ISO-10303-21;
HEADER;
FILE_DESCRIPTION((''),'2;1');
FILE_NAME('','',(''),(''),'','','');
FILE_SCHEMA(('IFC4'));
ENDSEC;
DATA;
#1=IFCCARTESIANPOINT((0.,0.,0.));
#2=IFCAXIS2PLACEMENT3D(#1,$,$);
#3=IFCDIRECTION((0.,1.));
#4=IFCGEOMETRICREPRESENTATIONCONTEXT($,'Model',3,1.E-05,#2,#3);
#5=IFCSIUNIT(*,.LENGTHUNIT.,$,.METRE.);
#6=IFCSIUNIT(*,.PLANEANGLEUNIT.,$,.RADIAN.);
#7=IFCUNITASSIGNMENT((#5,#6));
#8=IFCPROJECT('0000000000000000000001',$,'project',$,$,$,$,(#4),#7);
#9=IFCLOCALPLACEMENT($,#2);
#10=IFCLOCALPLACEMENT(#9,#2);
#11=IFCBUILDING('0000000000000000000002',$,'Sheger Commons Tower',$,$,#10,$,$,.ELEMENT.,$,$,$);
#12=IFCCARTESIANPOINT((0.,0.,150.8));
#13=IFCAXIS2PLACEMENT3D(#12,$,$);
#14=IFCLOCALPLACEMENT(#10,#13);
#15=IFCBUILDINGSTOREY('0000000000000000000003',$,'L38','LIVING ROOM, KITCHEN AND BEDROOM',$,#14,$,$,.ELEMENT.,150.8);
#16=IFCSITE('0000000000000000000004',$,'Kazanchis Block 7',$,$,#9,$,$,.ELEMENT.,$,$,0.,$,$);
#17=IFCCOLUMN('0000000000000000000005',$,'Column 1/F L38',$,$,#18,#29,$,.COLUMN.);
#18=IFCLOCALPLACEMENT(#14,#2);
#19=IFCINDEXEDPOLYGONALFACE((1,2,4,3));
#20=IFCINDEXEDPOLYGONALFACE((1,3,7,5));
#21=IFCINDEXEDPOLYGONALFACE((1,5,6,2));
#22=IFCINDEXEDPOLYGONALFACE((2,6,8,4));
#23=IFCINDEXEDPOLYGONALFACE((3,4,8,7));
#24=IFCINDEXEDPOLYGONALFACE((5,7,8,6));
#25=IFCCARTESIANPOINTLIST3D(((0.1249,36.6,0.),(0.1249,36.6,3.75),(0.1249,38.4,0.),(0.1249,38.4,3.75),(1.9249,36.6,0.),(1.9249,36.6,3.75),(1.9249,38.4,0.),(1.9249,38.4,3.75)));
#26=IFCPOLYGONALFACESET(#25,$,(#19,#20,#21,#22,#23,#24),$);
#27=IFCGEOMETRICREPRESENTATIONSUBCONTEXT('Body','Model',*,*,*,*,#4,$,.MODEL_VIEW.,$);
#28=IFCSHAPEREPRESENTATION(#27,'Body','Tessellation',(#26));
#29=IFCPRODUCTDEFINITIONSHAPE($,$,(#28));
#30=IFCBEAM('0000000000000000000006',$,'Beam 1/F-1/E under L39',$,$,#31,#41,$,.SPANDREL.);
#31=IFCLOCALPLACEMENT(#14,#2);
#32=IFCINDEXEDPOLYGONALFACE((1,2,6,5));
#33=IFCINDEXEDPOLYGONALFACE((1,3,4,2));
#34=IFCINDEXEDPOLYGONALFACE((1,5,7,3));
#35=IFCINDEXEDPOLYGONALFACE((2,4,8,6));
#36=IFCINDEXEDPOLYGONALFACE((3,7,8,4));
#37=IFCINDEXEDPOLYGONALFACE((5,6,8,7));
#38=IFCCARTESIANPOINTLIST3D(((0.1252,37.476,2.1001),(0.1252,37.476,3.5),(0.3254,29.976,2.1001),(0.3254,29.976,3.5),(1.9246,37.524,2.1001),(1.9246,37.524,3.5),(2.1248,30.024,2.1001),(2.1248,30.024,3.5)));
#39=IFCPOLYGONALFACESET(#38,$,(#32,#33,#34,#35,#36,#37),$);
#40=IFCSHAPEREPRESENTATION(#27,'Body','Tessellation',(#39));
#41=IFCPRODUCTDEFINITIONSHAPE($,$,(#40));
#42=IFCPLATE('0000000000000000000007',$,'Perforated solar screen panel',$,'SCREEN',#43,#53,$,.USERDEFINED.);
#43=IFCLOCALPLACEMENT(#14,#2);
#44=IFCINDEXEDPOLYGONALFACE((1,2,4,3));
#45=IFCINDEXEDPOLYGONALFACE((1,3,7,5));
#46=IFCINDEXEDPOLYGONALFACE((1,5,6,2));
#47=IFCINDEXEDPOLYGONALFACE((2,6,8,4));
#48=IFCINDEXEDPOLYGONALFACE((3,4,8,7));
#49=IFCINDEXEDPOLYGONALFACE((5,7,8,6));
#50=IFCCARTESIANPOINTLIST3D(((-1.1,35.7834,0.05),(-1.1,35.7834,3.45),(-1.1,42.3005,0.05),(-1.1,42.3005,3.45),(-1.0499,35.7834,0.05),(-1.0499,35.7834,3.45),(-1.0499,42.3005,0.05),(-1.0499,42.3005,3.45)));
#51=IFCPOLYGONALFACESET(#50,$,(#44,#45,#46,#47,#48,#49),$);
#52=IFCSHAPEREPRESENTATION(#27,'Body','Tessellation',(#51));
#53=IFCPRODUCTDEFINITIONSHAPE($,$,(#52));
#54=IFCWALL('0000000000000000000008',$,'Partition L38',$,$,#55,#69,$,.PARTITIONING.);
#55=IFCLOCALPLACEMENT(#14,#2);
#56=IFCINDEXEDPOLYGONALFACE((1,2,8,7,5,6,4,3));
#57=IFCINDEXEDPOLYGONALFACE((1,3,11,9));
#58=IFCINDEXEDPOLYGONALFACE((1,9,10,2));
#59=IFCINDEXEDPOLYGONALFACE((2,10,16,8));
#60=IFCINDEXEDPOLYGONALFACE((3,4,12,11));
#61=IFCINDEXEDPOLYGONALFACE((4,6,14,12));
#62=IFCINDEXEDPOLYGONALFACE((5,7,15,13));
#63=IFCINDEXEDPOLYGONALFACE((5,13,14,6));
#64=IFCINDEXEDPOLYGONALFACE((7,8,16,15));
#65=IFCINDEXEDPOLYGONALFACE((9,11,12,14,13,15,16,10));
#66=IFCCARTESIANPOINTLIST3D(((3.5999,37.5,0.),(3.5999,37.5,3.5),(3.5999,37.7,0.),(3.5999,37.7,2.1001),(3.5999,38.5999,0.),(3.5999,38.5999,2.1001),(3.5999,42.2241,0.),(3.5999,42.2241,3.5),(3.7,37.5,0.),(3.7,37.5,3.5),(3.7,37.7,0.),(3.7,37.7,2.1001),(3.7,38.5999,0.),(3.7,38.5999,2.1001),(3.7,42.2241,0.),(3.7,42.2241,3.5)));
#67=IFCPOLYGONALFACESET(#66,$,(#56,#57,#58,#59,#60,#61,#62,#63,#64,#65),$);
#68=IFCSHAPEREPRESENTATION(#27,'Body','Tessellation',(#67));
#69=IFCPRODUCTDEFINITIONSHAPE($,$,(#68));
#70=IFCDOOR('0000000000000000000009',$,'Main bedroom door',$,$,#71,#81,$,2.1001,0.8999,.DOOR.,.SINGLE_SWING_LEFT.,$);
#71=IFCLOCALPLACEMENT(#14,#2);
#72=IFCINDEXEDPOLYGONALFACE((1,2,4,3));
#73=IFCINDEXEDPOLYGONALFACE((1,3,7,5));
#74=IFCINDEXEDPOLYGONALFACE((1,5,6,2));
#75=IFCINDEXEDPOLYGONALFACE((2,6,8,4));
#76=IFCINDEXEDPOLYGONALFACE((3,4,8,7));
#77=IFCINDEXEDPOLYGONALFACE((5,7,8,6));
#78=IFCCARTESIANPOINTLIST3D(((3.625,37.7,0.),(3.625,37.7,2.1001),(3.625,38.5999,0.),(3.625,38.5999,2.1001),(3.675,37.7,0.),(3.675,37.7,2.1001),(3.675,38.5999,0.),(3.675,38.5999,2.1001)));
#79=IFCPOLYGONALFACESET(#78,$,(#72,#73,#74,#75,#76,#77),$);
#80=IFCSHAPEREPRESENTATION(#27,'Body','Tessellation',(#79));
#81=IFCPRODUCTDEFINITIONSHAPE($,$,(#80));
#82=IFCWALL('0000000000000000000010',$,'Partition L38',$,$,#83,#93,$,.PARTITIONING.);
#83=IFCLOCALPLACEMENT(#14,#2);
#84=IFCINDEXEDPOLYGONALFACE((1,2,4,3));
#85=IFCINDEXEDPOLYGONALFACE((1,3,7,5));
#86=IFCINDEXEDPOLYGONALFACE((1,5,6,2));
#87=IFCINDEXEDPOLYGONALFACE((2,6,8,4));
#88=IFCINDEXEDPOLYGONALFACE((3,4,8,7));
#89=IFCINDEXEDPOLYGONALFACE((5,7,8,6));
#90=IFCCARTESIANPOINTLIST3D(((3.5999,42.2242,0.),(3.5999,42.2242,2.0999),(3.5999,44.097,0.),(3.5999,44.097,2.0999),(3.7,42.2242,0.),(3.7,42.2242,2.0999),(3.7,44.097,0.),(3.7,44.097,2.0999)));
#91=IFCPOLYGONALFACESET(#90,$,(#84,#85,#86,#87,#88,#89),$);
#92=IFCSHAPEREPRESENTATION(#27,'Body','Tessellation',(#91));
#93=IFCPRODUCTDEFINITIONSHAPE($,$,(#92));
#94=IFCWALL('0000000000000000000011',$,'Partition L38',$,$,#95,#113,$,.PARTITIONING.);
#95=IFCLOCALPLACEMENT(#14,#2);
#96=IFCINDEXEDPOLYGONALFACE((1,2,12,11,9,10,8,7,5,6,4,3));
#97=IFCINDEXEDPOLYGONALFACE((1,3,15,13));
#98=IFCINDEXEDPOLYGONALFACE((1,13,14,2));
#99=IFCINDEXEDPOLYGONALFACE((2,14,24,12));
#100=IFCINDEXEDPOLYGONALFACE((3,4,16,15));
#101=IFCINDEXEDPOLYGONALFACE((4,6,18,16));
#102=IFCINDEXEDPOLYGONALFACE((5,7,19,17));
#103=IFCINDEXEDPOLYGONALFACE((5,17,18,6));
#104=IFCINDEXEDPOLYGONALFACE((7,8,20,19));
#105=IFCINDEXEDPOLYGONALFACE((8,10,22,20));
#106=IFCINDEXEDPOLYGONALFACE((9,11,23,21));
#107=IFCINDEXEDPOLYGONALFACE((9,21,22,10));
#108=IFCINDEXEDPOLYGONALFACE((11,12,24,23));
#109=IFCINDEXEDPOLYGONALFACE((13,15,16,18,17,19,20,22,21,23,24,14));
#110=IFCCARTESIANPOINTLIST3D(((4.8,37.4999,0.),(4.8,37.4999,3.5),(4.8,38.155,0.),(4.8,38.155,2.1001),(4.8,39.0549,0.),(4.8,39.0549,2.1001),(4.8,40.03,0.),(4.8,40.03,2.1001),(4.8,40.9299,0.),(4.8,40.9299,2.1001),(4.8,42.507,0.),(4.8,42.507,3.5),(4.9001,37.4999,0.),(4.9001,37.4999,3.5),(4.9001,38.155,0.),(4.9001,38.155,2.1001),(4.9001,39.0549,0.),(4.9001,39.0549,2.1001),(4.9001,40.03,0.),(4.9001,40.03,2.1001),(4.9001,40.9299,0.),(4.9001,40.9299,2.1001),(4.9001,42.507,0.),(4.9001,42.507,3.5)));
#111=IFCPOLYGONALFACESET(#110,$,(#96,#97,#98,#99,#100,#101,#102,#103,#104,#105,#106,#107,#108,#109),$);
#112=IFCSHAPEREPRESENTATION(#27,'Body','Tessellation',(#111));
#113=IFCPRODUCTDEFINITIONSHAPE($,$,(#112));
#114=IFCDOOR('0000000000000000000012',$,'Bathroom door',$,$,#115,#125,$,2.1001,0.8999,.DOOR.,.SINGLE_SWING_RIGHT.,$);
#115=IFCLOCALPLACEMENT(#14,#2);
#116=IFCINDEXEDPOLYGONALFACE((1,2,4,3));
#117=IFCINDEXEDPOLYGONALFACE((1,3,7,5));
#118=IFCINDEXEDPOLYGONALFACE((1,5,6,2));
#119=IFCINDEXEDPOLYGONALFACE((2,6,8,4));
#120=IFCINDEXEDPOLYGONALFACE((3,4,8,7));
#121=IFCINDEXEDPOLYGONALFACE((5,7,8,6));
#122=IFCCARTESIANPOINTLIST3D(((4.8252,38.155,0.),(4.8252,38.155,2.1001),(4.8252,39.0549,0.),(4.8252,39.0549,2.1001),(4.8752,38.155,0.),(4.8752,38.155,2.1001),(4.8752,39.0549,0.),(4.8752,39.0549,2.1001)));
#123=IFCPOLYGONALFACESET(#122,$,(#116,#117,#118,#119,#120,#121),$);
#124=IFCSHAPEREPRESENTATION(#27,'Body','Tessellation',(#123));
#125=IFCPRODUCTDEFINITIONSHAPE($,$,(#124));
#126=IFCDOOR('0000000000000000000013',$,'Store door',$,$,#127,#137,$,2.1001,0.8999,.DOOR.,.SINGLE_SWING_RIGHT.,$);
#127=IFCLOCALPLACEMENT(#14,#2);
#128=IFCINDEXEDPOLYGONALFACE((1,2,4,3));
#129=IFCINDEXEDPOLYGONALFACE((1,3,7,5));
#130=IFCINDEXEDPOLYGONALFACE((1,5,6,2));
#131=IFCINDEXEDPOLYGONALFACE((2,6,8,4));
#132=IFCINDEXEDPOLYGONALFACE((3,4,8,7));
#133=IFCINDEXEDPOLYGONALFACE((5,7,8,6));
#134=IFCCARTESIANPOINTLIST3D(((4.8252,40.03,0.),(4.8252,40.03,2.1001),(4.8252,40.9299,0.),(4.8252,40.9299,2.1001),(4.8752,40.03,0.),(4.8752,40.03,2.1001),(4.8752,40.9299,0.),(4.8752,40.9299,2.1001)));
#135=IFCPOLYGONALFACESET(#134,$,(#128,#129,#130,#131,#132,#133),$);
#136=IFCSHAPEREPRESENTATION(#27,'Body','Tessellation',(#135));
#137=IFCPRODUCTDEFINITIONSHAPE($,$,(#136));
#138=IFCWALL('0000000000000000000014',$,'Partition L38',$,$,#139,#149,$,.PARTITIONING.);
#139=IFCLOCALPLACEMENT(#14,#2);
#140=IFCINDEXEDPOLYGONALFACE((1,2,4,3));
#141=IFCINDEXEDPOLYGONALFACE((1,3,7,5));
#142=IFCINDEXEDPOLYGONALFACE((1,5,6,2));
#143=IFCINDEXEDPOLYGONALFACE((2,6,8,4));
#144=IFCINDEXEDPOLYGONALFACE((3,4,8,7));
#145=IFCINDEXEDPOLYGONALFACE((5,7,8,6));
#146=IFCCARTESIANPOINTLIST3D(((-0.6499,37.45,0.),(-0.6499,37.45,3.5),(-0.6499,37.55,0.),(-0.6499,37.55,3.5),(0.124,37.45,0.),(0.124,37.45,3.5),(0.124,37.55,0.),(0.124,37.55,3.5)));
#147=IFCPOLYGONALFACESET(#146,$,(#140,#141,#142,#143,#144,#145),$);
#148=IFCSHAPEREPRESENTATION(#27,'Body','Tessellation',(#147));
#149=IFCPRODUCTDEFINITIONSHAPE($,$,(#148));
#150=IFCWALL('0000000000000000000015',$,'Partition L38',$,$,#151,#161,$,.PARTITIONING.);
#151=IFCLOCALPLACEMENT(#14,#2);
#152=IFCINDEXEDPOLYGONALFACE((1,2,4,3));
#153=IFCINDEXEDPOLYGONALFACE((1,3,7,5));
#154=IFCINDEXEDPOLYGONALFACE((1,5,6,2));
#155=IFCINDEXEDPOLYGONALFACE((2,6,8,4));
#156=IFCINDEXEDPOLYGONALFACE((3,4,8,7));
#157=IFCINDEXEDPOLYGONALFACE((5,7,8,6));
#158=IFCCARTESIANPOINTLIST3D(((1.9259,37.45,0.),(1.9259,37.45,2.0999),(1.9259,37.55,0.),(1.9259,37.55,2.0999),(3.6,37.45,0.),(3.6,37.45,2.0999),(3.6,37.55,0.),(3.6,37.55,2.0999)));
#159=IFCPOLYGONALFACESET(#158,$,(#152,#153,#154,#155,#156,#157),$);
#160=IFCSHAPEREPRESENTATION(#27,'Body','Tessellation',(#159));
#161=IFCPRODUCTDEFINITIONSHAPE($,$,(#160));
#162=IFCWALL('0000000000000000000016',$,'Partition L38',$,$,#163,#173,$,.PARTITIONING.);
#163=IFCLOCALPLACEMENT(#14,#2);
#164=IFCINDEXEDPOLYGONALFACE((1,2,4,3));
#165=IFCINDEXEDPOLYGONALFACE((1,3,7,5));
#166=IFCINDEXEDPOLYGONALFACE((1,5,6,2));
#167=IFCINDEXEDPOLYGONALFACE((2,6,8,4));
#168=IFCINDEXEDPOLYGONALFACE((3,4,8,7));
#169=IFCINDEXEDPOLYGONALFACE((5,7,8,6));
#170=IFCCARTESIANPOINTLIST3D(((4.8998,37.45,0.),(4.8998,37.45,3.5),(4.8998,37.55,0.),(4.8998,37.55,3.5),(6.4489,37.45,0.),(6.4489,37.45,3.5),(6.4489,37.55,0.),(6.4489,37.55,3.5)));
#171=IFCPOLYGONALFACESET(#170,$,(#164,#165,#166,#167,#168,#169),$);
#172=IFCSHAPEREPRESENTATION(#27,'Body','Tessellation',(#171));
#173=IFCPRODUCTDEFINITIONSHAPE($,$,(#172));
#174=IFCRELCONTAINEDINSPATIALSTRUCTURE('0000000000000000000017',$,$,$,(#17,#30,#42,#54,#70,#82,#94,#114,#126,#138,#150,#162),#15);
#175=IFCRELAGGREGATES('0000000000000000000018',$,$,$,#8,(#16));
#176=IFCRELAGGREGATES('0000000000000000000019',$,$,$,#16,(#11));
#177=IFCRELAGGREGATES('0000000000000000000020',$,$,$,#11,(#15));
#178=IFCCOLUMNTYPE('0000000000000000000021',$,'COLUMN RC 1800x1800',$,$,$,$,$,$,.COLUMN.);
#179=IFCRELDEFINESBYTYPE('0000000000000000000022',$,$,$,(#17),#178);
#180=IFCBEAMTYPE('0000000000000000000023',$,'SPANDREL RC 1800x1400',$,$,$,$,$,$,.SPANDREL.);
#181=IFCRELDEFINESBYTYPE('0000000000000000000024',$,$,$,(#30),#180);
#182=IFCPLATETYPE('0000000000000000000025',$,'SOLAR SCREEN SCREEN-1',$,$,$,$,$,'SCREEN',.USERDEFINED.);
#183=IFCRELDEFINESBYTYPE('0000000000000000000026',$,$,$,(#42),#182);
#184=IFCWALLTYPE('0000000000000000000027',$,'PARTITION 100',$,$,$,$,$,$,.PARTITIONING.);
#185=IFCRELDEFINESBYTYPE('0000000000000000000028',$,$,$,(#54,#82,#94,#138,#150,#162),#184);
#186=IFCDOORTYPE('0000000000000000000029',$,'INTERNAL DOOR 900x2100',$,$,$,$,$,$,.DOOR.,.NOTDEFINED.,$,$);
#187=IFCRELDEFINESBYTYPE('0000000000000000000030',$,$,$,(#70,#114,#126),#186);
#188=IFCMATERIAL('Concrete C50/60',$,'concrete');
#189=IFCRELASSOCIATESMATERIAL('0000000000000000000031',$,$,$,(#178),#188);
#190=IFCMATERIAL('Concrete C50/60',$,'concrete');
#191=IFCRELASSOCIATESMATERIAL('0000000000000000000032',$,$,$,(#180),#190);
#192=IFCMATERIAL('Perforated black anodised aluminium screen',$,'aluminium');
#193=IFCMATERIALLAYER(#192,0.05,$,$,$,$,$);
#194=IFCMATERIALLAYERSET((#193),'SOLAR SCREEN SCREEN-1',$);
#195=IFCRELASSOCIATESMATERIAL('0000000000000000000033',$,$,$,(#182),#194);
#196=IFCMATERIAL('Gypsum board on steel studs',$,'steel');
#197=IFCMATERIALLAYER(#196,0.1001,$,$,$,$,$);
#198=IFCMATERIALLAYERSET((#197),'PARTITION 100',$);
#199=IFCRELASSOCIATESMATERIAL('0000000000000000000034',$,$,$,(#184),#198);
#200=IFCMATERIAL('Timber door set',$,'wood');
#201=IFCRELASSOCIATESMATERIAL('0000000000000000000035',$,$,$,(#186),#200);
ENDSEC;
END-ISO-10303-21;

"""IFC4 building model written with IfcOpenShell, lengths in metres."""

from ifc_helpers import new_model, si_unit, direction, frame, frame_2d, origin, origin_2d, place, context, subcontext, project, spatial, rectangle, extrude, material, layer, layer_set, material_profile, profile_set, type_object, element, fill, save


model = new_model("IFC4")

# Units and contexts
model_context = context("Model", 3, precision=1e-05, world=origin(), true_north=direction((0.0, 1.0)))
body_context = subcontext(model_context, "Body", "Model", "MODEL_VIEW")
ifc_project = project(units=[si_unit("LENGTHUNIT", "METRE"), si_unit("PLANEANGLEUNIT", "RADIAN")], contexts=[model_context])

# Site, building, storey
site_placement = place(None, origin())
site = spatial("IfcSite", under=ifc_project, at=site_placement, Name="Kazanchis Block 7", CompositionType="ELEMENT", RefElevation=0.0)
building_placement = place(site_placement, origin())
building = spatial("IfcBuilding", under=site, at=building_placement, Name="Sheger Commons Tower", CompositionType="ELEMENT")
storey_placement = place(building_placement, frame((0.0, 0.0, 150.8)))
storey = spatial("IfcBuildingStorey", under=building, at=storey_placement, Name="L38", Description="LIVING ROOM, KITCHEN AND BEDROOM", CompositionType="ELEMENT", Elevation=150.8)

# Column
ifc_material_1 = material(Name="Concrete C50/60", Category="concrete")
ifc_material_profile_1 = material_profile(ifc_material_1, rectangle(XDim=1.8, YDim=1.8, at=origin_2d()), Name="RC 1800x1800")
ifc_profile_set_1 = profile_set([ifc_material_profile_1], Name="Concrete C50/60")
column_type = type_object("IfcColumnType", Name="COLUMN RC 1800x1800", PredefinedType="COLUMN", material=ifc_profile_set_1)
column_placement = place(storey_placement, frame((1.0249, 37.5, 0.0), z_axis=(0.0, 0.0, 1.0), x_axis=(1.0, 0.0, 0.0)))
element("IfcColumn", 1, at=column_placement, inside=storey, type_object=column_type, Name="Column 1/F L38", PredefinedType="COLUMN", context=body_context, shape_type="SweptSolid", body=[
    extrude(rectangle(XDim=1.8, YDim=1.8, at=origin_2d()), origin(), (0.0, 0.0, 1.0), 3.75),
])

# Beam
ifc_material_2 = material(Name="Concrete C50/60", Category="concrete")
ifc_material_profile_2 = material_profile(ifc_material_2, rectangle(XDim=1.8, YDim=1.3999, at=origin_2d()), Name="RC 1800x1400")
ifc_profile_set_2 = profile_set([ifc_material_profile_2], Name="Concrete C50/60")
beam_type = type_object("IfcBeamType", Name="SPANDREL RC 1800x1400", PredefinedType="SPANDREL", material=ifc_profile_set_2)
beam_placement = place(storey_placement, frame((1.0249, 37.5, 2.8), z_axis=(0.026683, -0.999644, 0.0), x_axis=(0.999644, 0.026683, 0.0)))
element("IfcBeam", 2, at=beam_placement, inside=storey, type_object=beam_type, Name="Beam 1/F-1/E under L39", PredefinedType="SPANDREL", context=body_context, shape_type="SweptSolid", body=[
    extrude(rectangle(XDim=1.8, YDim=1.3999, at=origin_2d()), origin(), (0.0, 0.0, 1.0), 7.5027),
])

# Plate
ifc_material_3 = material(Name="Perforated black anodised aluminium screen", Category="aluminium")
ifc_layer_1 = layer(ifc_material_3, 0.05)
ifc_layer_set_1 = layer_set([ifc_layer_1], Name="SOLAR SCREEN SCREEN-1")
plate_type = type_object("IfcPlateType", Name="SOLAR SCREEN SCREEN-1", ElementType="SCREEN", PredefinedType="USERDEFINED", material=ifc_layer_set_1)
plate_placement = place(storey_placement, frame((-1.075, 39.042, 0.05), z_axis=(0.0, 0.0, 1.0), x_axis=(0.0, -1.0, 0.0)))
element("IfcPlate", 3, at=plate_placement, inside=storey, type_object=plate_type, Name="Perforated solar screen panel", ObjectType="SCREEN", PredefinedType="USERDEFINED", context=body_context, shape_type="SweptSolid", body=[
    extrude(rectangle(XDim=6.5171, YDim=0.05, at=origin_2d()), origin(), (0.0, 0.0, 1.0), 3.3999),
])

# Wall, opening, door
ifc_material_4 = material(Name="Gypsum board on steel studs", Category="steel")
ifc_layer_2 = layer(ifc_material_4, 0.1001)
ifc_layer_set_2 = layer_set([ifc_layer_2], Name="PARTITION 100")
wall_type = type_object("IfcWallType", Name="PARTITION 100", PredefinedType="PARTITIONING", material=ifc_layer_set_2)
wall_1_placement = place(storey_placement, frame((3.6499, 37.5, 0.0), z_axis=(0.0, 0.0, 1.0), x_axis=(0.0, 1.0, 0.0)))
wall_1 = element("IfcWall", 4, at=wall_1_placement, inside=storey, type_object=wall_type, Name="Partition L38", PredefinedType="PARTITIONING", context=body_context, shape_type="SweptSolid", body=[
    extrude(rectangle(XDim=4.7241, YDim=0.1001, at=frame_2d((2.3621, 0.0))), origin(), (0.0, 0.0, 1.0), 3.5),
])
opening_1_placement = place(wall_1_placement, frame((0.2, 0.0, 0.0)))
opening_1 = element("IfcOpeningElement", 5, at=opening_1_placement, cuts=wall_1, PredefinedType="OPENING", context=body_context, shape_type="SweptSolid", body=[
    extrude(rectangle(XDim=0.8999, YDim=2.1001, at=frame_2d((0.45, 1.05))), frame((0.0, 0.0601, 0.0), z_axis=(0.0, -1.0, 0.0), x_axis=(1.0, 0.0, 0.0)), (0.0, 0.0, 1.0), 0.1201),
])
ifc_material_5 = material(Name="Timber door set", Category="wood")
door_type = type_object("IfcDoorType", Name="INTERNAL DOOR 900x2100", OperationType="NOTDEFINED", PredefinedType="DOOR", material=ifc_material_5)
door_1_placement = place(opening_1_placement, origin())
door_1 = element("IfcDoor", 6, at=door_1_placement, inside=storey, type_object=door_type, Name="Main bedroom door", OperationType="SINGLE_SWING_LEFT", OverallHeight=2.1001, OverallWidth=0.8999, PredefinedType="DOOR", context=body_context, shape_type="SweptSolid", body=[
    extrude(rectangle(XDim=0.8999, YDim=2.1001, at=frame_2d((0.45, 1.05))), frame((0.0, 0.0249, 0.0), z_axis=(0.0, -1.0, 0.0), x_axis=(1.0, 0.0, 0.0)), (0.0, 0.0, 1.0), 0.05),
])
fill(opening_1, door_1)

# Wall
wall_2_placement = place(storey_placement, frame((3.6499, 42.2241, 0.0), z_axis=(0.0, 0.0, 1.0), x_axis=(0.0, 1.0, 0.0)))
element("IfcWall", 7, at=wall_2_placement, inside=storey, type_object=wall_type, Name="Partition L38", PredefinedType="PARTITIONING", context=body_context, shape_type="SweptSolid", body=[
    extrude(rectangle(XDim=1.8728, YDim=0.1001, at=frame_2d((0.9365, 0.0))), origin(), (0.0, 0.0, 1.0), 2.0999),
])

# Wall, openings, doors
wall_3_placement = place(storey_placement, frame((4.8501, 37.5, 0.0), z_axis=(0.0, 0.0, 1.0), x_axis=(0.0, 1.0, 0.0)))
wall_3 = element("IfcWall", 8, at=wall_3_placement, inside=storey, type_object=wall_type, Name="Partition L38", PredefinedType="PARTITIONING", context=body_context, shape_type="SweptSolid", body=[
    extrude(rectangle(XDim=5.0071, YDim=0.1001, at=frame_2d((2.5034, 0.0))), origin(), (0.0, 0.0, 1.0), 3.5),
])
opening_2_placement = place(wall_3_placement, frame((0.655, 0.0, 0.0)))
opening_2 = element("IfcOpeningElement", 9, at=opening_2_placement, cuts=wall_3, PredefinedType="OPENING", context=body_context, shape_type="SweptSolid", body=[
    extrude(rectangle(XDim=0.8999, YDim=2.1001, at=frame_2d((0.45, 1.05))), frame((0.0, 0.0601, 0.0), z_axis=(0.0, -1.0, 0.0), x_axis=(1.0, 0.0, 0.0)), (0.0, 0.0, 1.0), 0.1201),
])
opening_3_placement = place(wall_3_placement, frame((2.53, 0.0, 0.0)))
opening_3 = element("IfcOpeningElement", 10, at=opening_3_placement, cuts=wall_3, PredefinedType="OPENING", context=body_context, shape_type="SweptSolid", body=[
    extrude(rectangle(XDim=0.8999, YDim=2.1001, at=frame_2d((0.45, 1.05))), frame((0.0, 0.0601, 0.0), z_axis=(0.0, -1.0, 0.0), x_axis=(1.0, 0.0, 0.0)), (0.0, 0.0, 1.0), 0.1201),
])
door_2_placement = place(opening_2_placement, origin())
door_2 = element("IfcDoor", 11, at=door_2_placement, inside=storey, type_object=door_type, Name="Bathroom door", OperationType="SINGLE_SWING_RIGHT", OverallHeight=2.1001, OverallWidth=0.8999, PredefinedType="DOOR", context=body_context, shape_type="SweptSolid", body=[
    extrude(rectangle(XDim=0.8999, YDim=2.1001, at=frame_2d((0.45, 1.05))), frame((0.0, 0.0249, 0.0), z_axis=(0.0, -1.0, 0.0), x_axis=(1.0, 0.0, 0.0)), (0.0, 0.0, 1.0), 0.05),
])
fill(opening_2, door_2)
door_3_placement = place(opening_3_placement, origin())
door_3 = element("IfcDoor", 12, at=door_3_placement, inside=storey, type_object=door_type, Name="Store door", OperationType="SINGLE_SWING_RIGHT", OverallHeight=2.1001, OverallWidth=0.8999, PredefinedType="DOOR", context=body_context, shape_type="SweptSolid", body=[
    extrude(rectangle(XDim=0.8999, YDim=2.1001, at=frame_2d((0.45, 1.05))), frame((0.0, 0.0249, 0.0), z_axis=(0.0, -1.0, 0.0), x_axis=(1.0, 0.0, 0.0)), (0.0, 0.0, 1.0), 0.05),
])
fill(opening_3, door_3)

# Walls
wall_4_placement = place(storey_placement, frame((-0.6499, 37.5, 0.0), z_axis=(0.0, 0.0, 1.0), x_axis=(1.0, 0.0, 0.0)))
element("IfcWall", 13, at=wall_4_placement, inside=storey, type_object=wall_type, Name="Partition L38", PredefinedType="PARTITIONING", context=body_context, shape_type="SweptSolid", body=[
    extrude(rectangle(XDim=0.7739, YDim=0.1001, at=frame_2d((0.387, 0.0))), origin(), (0.0, 0.0, 1.0), 3.5),
])
wall_5_placement = place(storey_placement, frame((1.926, 37.5, 0.0), z_axis=(0.0, 0.0, 1.0), x_axis=(1.0, 0.0, 0.0)))
element("IfcWall", 14, at=wall_5_placement, inside=storey, type_object=wall_type, Name="Partition L38", PredefinedType="PARTITIONING", context=body_context, shape_type="SweptSolid", body=[
    extrude(rectangle(XDim=1.6741, YDim=0.1001, at=frame_2d((0.8369, 0.0))), origin(), (0.0, 0.0, 1.0), 2.0999),
])
wall_6_placement = place(storey_placement, frame((4.8999, 37.5, 0.0), z_axis=(0.0, 0.0, 1.0), x_axis=(1.0, 0.0, 0.0)))
element("IfcWall", 15, at=wall_6_placement, inside=storey, type_object=wall_type, Name="Partition L38", PredefinedType="PARTITIONING", context=body_context, shape_type="SweptSolid", body=[
    extrude(rectangle(XDim=1.5491, YDim=0.1001, at=frame_2d((0.7744, 0.0))), origin(), (0.0, 0.0, 1.0), 3.5),
])

save(model, "model.ifc")
